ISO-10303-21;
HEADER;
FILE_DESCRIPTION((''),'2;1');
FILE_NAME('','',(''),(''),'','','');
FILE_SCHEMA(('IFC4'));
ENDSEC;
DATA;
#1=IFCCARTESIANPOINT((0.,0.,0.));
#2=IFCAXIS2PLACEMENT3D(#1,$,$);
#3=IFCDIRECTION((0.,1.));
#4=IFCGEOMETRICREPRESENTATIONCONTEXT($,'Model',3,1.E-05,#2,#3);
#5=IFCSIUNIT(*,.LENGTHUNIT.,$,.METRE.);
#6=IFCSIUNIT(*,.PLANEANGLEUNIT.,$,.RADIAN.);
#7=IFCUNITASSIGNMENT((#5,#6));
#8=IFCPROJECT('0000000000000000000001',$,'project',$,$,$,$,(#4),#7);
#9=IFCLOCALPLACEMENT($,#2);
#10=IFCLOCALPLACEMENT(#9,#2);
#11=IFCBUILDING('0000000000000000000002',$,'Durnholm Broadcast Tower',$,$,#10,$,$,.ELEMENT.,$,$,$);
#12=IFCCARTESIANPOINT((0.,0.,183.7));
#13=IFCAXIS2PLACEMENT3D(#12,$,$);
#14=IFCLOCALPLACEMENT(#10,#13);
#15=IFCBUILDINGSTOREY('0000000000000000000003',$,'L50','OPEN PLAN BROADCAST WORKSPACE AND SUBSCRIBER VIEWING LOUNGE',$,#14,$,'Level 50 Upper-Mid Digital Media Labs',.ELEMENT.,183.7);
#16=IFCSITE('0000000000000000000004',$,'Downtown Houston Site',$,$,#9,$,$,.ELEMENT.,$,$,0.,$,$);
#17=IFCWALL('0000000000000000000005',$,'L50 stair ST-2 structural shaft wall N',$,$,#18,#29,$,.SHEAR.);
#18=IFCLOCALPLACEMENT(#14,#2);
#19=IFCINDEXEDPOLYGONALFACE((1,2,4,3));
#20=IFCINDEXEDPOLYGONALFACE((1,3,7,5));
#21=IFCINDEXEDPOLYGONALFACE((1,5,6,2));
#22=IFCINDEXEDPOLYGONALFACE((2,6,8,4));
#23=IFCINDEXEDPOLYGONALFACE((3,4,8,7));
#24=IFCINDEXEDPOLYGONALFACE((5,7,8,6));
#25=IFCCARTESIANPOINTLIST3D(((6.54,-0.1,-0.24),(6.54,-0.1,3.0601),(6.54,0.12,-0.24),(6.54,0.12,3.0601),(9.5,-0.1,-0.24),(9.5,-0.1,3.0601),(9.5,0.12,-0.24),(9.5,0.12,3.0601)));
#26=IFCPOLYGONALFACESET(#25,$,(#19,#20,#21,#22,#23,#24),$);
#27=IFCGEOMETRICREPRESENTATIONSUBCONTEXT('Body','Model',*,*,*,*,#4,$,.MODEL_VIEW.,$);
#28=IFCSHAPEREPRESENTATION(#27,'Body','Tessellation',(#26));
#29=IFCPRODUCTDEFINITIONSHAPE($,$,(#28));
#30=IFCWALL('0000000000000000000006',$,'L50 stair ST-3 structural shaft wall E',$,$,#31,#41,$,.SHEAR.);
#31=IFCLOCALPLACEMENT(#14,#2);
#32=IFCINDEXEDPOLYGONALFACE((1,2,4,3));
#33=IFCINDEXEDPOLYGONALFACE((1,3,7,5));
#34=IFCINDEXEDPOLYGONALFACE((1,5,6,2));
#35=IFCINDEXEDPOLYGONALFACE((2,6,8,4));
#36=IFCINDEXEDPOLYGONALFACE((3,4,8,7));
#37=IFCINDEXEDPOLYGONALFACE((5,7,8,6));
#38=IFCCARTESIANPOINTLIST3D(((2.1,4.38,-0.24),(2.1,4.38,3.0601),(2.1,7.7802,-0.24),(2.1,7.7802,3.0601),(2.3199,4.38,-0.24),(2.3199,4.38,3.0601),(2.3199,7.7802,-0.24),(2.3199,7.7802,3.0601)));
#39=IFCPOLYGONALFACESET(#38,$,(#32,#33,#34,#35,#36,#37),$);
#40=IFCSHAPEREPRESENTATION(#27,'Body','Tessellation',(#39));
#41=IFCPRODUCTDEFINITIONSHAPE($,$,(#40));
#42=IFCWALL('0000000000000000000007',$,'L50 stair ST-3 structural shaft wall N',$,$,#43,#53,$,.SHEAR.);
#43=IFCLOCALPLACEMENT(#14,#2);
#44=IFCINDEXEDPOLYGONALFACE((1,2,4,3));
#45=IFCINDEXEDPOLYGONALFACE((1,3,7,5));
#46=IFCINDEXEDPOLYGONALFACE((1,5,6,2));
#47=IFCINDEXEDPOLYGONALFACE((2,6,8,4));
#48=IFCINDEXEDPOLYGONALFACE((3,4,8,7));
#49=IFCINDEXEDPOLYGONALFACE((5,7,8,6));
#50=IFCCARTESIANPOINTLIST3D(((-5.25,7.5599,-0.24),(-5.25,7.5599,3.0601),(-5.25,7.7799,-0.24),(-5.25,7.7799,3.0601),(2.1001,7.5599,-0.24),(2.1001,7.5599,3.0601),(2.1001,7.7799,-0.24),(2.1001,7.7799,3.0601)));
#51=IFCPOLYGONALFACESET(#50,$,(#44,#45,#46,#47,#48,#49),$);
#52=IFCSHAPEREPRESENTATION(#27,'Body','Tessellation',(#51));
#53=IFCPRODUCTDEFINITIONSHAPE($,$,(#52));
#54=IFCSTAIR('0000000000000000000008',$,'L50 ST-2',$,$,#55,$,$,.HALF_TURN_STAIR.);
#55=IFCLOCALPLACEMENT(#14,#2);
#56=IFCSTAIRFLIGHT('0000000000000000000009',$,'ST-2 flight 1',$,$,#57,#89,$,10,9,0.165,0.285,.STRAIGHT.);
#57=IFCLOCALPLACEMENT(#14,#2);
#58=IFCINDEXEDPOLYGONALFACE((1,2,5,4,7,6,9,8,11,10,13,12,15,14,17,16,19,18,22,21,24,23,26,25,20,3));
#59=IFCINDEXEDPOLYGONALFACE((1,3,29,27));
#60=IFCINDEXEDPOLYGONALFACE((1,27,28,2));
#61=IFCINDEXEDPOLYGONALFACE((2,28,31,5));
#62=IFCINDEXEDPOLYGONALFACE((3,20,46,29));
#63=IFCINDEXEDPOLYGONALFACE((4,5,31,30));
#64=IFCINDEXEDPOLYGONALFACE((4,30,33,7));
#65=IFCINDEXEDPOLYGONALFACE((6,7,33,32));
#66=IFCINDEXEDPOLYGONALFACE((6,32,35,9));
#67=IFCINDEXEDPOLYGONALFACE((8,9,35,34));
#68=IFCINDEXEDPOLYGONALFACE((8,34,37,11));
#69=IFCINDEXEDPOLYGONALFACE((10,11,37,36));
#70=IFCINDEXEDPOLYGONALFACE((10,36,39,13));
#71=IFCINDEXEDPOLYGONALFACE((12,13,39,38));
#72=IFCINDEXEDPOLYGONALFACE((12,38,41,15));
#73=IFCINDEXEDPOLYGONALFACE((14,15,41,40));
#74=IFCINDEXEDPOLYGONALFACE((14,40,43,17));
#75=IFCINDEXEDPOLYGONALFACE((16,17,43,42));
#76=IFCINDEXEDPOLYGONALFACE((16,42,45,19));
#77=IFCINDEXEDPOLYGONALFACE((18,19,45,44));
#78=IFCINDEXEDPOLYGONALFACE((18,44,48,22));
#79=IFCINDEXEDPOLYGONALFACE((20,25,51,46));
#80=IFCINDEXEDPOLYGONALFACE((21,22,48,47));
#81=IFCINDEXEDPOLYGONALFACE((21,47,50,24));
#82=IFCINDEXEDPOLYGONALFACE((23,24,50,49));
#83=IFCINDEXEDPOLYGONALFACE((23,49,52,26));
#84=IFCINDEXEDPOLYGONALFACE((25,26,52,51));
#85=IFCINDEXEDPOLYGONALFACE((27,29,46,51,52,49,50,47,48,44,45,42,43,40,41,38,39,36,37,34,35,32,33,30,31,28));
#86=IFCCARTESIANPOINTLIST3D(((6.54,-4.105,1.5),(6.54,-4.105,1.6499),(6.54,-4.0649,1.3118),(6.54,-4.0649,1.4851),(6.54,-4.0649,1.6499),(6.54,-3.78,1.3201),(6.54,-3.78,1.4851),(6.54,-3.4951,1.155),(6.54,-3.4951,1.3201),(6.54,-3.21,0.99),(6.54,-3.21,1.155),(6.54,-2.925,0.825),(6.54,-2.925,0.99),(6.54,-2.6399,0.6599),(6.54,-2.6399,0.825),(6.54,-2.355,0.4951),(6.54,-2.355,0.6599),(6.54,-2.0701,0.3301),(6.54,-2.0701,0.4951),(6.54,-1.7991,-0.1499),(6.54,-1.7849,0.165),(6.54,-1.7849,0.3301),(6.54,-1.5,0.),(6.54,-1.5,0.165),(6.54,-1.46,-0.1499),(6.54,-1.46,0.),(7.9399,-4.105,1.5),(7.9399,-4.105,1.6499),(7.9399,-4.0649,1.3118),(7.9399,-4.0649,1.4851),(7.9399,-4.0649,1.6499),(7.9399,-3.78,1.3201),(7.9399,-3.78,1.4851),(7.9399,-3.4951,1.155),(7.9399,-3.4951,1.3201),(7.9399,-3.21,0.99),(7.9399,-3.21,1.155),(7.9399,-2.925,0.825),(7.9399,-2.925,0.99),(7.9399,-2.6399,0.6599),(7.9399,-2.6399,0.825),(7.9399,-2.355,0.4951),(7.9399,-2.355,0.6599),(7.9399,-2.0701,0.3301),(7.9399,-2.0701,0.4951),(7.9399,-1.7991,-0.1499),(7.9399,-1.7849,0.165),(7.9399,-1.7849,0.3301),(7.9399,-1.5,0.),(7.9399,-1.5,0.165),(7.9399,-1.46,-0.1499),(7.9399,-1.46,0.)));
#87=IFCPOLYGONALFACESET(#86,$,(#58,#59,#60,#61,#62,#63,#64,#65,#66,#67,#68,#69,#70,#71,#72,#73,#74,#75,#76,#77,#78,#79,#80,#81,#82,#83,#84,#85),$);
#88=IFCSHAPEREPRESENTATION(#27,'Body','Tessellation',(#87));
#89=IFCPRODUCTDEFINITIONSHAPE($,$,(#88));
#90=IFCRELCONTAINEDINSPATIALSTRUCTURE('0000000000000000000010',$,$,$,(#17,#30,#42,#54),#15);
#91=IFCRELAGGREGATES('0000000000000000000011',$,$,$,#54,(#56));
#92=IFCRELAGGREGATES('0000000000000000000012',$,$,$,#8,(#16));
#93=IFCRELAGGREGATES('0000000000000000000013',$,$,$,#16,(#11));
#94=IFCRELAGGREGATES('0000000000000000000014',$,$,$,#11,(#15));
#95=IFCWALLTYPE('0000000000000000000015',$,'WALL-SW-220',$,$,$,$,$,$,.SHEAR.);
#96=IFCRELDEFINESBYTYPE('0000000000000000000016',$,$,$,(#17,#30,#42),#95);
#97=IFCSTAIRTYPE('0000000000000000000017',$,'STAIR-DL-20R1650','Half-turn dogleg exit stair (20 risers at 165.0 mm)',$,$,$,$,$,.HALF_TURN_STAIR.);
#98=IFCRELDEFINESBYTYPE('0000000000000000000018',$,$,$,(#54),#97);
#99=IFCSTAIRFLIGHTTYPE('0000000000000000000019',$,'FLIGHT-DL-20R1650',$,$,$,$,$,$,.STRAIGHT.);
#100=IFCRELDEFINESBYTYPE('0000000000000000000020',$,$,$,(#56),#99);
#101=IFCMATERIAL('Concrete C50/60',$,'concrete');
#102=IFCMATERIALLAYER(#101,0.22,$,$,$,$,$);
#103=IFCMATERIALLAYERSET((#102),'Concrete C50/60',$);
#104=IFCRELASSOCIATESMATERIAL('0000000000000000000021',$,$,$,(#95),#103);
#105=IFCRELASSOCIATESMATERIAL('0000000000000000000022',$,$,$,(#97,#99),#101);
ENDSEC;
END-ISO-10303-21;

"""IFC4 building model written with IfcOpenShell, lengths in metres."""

from ifc_helpers import new_model, si_unit, direction, frame, frame_2d, origin, place, context, subcontext, project, spatial, polyline, rectangle, outline, extrude, material, layer, layer_set, type_object, element, aggregate, save


model = new_model("IFC4")

# Units and contexts
model_context = context("Model", 3, precision=1e-05, world=origin(), true_north=direction((0.0, 1.0)))
body_context = subcontext(model_context, "Body", "Model", "MODEL_VIEW")
ifc_project = project(units=[si_unit("LENGTHUNIT", "METRE"), si_unit("PLANEANGLEUNIT", "RADIAN")], contexts=[model_context])

# Site, building, storey
site_placement = place(None, origin())
site = spatial("IfcSite", under=ifc_project, at=site_placement, Name="Downtown Houston Site", CompositionType="ELEMENT", RefElevation=0.0)
building_placement = place(site_placement, origin())
building = spatial("IfcBuilding", under=site, at=building_placement, Name="Durnholm Broadcast Tower", CompositionType="ELEMENT")
storey_placement = place(building_placement, frame((0.0, 0.0, 183.7)))
storey = spatial("IfcBuildingStorey", under=building, at=storey_placement, Name="L50", Description="OPEN PLAN BROADCAST WORKSPACE AND SUBSCRIBER VIEWING LOUNGE", LongName="Level 50 Upper-Mid Digital Media Labs", CompositionType="ELEMENT", Elevation=183.7)

# Shared definitions
ifc_material_1 = material(Name="Concrete C50/60", Category="concrete")
ifc_layer_1 = layer(ifc_material_1, 0.22)
ifc_layer_set_1 = layer_set([ifc_layer_1], Name="Concrete C50/60")
wall_type_1 = type_object("IfcWallType", Name="WALL-SW-220", PredefinedType="SHEAR", material=ifc_layer_set_1)

# Walls
wall_1_placement = place(storey_placement, frame((9.5, 0.01, -0.24), z_axis=(0.0, 0.0, 1.0), x_axis=(-1.0, 0.0, 0.0)))
element("IfcWall", 1, at=wall_1_placement, inside=storey, type_object=wall_type_1, Name="L50 stair ST-2 structural shaft wall N", PredefinedType="SHEAR", context=body_context, shape_type="SweptSolid", body=[
    extrude(rectangle(XDim=2.96, YDim=0.22, at=frame_2d((1.48, 0.0))), origin(), (0.0, 0.0, 1.0), 3.3),
])
wall_2_placement = place(storey_placement, frame((2.21, 4.3799, -0.24), z_axis=(0.0, 0.0, 1.0), x_axis=(0.0, 1.0, 0.0)))
element("IfcWall", 2, at=wall_2_placement, inside=storey, type_object=wall_type_1, Name="L50 stair ST-3 structural shaft wall E", PredefinedType="SHEAR", context=body_context, shape_type="SweptSolid", body=[
    extrude(rectangle(XDim=3.4001, YDim=0.22, at=frame_2d((1.7002, 0.0))), origin(), (0.0, 0.0, 1.0), 3.3),
])
wall_3_placement = place(storey_placement, frame((2.1001, 7.6699, -0.24), z_axis=(0.0, 0.0, 1.0), x_axis=(-1.0, 0.0, 0.0)))
element("IfcWall", 3, at=wall_3_placement, inside=storey, type_object=wall_type_1, Name="L50 stair ST-3 structural shaft wall N", PredefinedType="SHEAR", context=body_context, shape_type="SweptSolid", body=[
    extrude(rectangle(XDim=7.3501, YDim=0.22, at=frame_2d((3.675, 0.0))), origin(), (0.0, 0.0, 1.0), 3.3),
])

# Stair, stair flight
stair_type = type_object("IfcStairType", Name="STAIR-DL-20R1650", Description="Half-turn dogleg exit stair (20 risers at 165.0 mm)", PredefinedType="HALF_TURN_STAIR", material=ifc_material_1)
stair_placement = place(storey_placement, origin())
stair = element("IfcStair", 4, at=stair_placement, inside=storey, type_object=stair_type, Name="L50 ST-2", PredefinedType="HALF_TURN_STAIR")
stair_flight_type = type_object("IfcStairFlightType", Name="FLIGHT-DL-20R1650", PredefinedType="STRAIGHT", material=ifc_material_1)
stair_flight_placement = place(storey_placement, frame((7.24, -1.5, 0.0), z_axis=(0.0, 0.0, 1.0), x_axis=(0.0, -1.0, 0.0)))
stair_flight = element("IfcStairFlight", 5, at=stair_flight_placement, type_object=stair_flight_type, Name="ST-2 flight 1", NumberOfRisers=10, NumberOfTreads=9, PredefinedType="STRAIGHT", RiserHeight=0.165, TreadLength=0.285, context=body_context, shape_type="SweptSolid", body=[
    extrude(outline(polyline([(-0.04, -0.1499), (-0.04, 0.0), (0.0, 0.0), (0.0, 0.165), (0.2849, 0.165), (0.2849, 0.3301), (0.5701, 0.3301), (0.5701, 0.4951), (0.855, 0.4951), (0.855, 0.6599), (1.1399, 0.6599), (1.1399, 0.825), (1.425, 0.825), (1.425, 0.99), (1.71, 0.99), (1.71, 1.155), (1.9951, 1.155), (1.9951, 1.3201), (2.28, 1.3201), (2.28, 1.4851), (2.5649, 1.4851), (2.5649, 1.6499), (2.605, 1.6499), (2.605, 1.5), (2.5649, 1.3118), (0.2991, -0.1499), (-0.04, -0.1499)])), frame((0.0, 0.7, 0.0), z_axis=(0.0, -1.0, 0.0), x_axis=(1.0, 0.0, 0.0)), (0.0, 0.0, 1.0), 1.3999),
])
aggregate(stair, [stair_flight])

save(model, "model.ifc")
